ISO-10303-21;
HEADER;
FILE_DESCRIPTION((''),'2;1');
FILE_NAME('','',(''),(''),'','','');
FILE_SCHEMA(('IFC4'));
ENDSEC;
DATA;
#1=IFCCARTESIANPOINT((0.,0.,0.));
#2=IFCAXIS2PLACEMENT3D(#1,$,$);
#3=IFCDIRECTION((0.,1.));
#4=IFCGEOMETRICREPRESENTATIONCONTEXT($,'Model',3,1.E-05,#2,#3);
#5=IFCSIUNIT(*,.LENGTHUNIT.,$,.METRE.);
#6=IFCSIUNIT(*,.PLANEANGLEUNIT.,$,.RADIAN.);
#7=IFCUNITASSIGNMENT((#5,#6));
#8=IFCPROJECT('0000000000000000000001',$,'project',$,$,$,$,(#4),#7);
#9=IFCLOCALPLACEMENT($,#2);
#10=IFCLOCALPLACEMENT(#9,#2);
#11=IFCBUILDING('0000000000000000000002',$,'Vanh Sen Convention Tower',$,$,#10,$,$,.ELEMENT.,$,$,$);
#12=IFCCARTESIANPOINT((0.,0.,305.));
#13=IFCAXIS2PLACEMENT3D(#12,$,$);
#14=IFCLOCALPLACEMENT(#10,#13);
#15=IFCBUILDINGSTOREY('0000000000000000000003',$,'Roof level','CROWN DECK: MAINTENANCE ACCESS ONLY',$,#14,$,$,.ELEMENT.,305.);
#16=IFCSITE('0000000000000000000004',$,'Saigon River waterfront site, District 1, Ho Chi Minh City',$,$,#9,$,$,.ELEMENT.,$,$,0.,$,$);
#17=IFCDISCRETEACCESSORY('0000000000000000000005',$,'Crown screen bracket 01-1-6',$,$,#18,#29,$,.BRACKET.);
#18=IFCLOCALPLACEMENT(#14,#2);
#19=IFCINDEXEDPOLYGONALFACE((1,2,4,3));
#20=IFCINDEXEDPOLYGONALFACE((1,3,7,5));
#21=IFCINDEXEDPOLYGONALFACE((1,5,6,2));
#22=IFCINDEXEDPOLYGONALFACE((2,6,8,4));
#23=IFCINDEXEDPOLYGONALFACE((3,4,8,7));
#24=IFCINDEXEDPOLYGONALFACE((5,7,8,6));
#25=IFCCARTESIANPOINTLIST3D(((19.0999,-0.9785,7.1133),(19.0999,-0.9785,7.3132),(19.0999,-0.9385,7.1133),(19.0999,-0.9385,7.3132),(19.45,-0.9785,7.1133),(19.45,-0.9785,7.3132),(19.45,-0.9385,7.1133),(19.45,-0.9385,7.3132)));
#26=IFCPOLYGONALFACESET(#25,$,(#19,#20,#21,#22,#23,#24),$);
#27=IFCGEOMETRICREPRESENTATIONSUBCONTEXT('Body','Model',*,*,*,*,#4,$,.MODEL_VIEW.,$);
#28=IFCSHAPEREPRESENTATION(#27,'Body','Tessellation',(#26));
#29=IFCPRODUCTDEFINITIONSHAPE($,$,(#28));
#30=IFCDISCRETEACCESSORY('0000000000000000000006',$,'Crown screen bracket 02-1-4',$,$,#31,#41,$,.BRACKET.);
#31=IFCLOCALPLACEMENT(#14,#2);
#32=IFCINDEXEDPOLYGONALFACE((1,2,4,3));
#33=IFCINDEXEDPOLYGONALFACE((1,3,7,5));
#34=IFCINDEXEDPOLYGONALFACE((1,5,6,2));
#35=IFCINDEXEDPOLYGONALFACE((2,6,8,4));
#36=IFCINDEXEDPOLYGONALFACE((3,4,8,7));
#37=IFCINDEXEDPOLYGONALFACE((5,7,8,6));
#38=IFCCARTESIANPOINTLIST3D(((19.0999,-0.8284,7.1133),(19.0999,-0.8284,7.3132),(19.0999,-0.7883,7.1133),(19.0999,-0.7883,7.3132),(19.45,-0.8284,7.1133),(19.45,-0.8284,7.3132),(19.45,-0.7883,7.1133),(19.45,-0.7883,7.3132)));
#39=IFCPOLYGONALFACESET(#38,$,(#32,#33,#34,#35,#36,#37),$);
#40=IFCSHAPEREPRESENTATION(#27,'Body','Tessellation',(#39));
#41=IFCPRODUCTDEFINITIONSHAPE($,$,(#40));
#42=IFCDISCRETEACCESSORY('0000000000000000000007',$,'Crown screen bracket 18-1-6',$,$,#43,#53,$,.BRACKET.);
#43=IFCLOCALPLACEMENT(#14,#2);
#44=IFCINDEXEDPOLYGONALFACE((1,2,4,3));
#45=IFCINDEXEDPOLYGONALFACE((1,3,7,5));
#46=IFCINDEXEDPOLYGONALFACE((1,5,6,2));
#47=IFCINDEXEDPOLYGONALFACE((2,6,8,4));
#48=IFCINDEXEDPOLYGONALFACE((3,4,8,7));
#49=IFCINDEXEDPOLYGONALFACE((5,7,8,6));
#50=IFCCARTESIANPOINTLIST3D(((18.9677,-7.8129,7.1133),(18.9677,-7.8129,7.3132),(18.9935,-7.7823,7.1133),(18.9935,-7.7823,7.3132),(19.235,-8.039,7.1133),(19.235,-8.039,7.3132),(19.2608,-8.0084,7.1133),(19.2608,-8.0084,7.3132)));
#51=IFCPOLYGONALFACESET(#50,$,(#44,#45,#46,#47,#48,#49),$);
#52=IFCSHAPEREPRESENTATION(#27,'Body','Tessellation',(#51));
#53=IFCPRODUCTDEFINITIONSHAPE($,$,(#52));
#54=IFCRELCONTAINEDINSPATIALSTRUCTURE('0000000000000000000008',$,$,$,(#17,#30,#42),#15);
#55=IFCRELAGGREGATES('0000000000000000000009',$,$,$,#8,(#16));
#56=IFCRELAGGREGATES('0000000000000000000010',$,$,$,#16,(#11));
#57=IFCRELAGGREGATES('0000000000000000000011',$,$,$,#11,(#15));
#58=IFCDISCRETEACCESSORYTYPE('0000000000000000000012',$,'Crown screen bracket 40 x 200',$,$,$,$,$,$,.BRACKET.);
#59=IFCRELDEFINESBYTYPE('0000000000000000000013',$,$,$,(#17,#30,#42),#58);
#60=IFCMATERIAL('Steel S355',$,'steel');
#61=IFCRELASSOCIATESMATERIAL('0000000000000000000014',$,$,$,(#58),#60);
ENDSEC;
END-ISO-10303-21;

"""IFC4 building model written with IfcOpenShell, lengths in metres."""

from ifc_helpers import new_model, si_unit, direction, frame, origin, origin_2d, place, context, subcontext, project, spatial, rectangle, extrude, material, type_object, element, save


model = new_model("IFC4")

# Units and contexts
model_context = context("Model", 3, precision=1e-05, world=origin(), true_north=direction((0.0, 1.0)))
body_context = subcontext(model_context, "Body", "Model", "MODEL_VIEW")
ifc_project = project(units=[si_unit("LENGTHUNIT", "METRE"), si_unit("PLANEANGLEUNIT", "RADIAN")], contexts=[model_context])

# Site, building, storey
site_placement = place(None, origin())
site = spatial("IfcSite", under=ifc_project, at=site_placement, Name="Saigon River waterfront site, District 1, Ho Chi Minh City", CompositionType="ELEMENT", RefElevation=0.0)
building_placement = place(site_placement, origin())
building = spatial("IfcBuilding", under=site, at=building_placement, Name="Vanh Sen Convention Tower", CompositionType="ELEMENT")
storey_placement = place(building_placement, frame((0.0, 0.0, 305.0)))
storey = spatial("IfcBuildingStorey", under=building, at=storey_placement, Name="Roof level", Description="CROWN DECK: MAINTENANCE ACCESS ONLY", CompositionType="ELEMENT", Elevation=305.0)

# Discrete accessories
ifc_material_1 = material(Name="Steel S355", Category="steel")
discrete_accessory_type_1 = type_object("IfcDiscreteAccessoryType", Name="Crown screen bracket 40 x 200", PredefinedType="BRACKET", material=ifc_material_1)
for number, where, z_axis, x_axis, name in (
    (1, (19.2749, -0.9585, 7.1133), (0.0, 0.0, 1.0), (1.0, 0.0, 0.0), "Crown screen bracket 01-1-6"),
    (2, (19.2749, -0.8083, 7.1133), (0.0, 0.0, 1.0), (1.0, 0.0, 0.0), "Crown screen bracket 02-1-4"),
    (3, (19.1143, -7.9106, 7.1133), (0.0, 0.0, 1.0), (0.763535, -0.645767, 0.0), "Crown screen bracket 18-1-6"),
):
    element("IfcDiscreteAccessory", number, at=place(storey_placement, frame(where, z_axis=z_axis, x_axis=x_axis)), inside=storey, type_object=discrete_accessory_type_1, Name=name, PredefinedType="BRACKET", context=body_context, shape_type="SweptSolid", body=[
        extrude(rectangle(XDim=0.3501, YDim=0.04, at=origin_2d()), origin(), (0.0, 0.0, 1.0), 0.2),
    ])

save(model, "model.ifc")
